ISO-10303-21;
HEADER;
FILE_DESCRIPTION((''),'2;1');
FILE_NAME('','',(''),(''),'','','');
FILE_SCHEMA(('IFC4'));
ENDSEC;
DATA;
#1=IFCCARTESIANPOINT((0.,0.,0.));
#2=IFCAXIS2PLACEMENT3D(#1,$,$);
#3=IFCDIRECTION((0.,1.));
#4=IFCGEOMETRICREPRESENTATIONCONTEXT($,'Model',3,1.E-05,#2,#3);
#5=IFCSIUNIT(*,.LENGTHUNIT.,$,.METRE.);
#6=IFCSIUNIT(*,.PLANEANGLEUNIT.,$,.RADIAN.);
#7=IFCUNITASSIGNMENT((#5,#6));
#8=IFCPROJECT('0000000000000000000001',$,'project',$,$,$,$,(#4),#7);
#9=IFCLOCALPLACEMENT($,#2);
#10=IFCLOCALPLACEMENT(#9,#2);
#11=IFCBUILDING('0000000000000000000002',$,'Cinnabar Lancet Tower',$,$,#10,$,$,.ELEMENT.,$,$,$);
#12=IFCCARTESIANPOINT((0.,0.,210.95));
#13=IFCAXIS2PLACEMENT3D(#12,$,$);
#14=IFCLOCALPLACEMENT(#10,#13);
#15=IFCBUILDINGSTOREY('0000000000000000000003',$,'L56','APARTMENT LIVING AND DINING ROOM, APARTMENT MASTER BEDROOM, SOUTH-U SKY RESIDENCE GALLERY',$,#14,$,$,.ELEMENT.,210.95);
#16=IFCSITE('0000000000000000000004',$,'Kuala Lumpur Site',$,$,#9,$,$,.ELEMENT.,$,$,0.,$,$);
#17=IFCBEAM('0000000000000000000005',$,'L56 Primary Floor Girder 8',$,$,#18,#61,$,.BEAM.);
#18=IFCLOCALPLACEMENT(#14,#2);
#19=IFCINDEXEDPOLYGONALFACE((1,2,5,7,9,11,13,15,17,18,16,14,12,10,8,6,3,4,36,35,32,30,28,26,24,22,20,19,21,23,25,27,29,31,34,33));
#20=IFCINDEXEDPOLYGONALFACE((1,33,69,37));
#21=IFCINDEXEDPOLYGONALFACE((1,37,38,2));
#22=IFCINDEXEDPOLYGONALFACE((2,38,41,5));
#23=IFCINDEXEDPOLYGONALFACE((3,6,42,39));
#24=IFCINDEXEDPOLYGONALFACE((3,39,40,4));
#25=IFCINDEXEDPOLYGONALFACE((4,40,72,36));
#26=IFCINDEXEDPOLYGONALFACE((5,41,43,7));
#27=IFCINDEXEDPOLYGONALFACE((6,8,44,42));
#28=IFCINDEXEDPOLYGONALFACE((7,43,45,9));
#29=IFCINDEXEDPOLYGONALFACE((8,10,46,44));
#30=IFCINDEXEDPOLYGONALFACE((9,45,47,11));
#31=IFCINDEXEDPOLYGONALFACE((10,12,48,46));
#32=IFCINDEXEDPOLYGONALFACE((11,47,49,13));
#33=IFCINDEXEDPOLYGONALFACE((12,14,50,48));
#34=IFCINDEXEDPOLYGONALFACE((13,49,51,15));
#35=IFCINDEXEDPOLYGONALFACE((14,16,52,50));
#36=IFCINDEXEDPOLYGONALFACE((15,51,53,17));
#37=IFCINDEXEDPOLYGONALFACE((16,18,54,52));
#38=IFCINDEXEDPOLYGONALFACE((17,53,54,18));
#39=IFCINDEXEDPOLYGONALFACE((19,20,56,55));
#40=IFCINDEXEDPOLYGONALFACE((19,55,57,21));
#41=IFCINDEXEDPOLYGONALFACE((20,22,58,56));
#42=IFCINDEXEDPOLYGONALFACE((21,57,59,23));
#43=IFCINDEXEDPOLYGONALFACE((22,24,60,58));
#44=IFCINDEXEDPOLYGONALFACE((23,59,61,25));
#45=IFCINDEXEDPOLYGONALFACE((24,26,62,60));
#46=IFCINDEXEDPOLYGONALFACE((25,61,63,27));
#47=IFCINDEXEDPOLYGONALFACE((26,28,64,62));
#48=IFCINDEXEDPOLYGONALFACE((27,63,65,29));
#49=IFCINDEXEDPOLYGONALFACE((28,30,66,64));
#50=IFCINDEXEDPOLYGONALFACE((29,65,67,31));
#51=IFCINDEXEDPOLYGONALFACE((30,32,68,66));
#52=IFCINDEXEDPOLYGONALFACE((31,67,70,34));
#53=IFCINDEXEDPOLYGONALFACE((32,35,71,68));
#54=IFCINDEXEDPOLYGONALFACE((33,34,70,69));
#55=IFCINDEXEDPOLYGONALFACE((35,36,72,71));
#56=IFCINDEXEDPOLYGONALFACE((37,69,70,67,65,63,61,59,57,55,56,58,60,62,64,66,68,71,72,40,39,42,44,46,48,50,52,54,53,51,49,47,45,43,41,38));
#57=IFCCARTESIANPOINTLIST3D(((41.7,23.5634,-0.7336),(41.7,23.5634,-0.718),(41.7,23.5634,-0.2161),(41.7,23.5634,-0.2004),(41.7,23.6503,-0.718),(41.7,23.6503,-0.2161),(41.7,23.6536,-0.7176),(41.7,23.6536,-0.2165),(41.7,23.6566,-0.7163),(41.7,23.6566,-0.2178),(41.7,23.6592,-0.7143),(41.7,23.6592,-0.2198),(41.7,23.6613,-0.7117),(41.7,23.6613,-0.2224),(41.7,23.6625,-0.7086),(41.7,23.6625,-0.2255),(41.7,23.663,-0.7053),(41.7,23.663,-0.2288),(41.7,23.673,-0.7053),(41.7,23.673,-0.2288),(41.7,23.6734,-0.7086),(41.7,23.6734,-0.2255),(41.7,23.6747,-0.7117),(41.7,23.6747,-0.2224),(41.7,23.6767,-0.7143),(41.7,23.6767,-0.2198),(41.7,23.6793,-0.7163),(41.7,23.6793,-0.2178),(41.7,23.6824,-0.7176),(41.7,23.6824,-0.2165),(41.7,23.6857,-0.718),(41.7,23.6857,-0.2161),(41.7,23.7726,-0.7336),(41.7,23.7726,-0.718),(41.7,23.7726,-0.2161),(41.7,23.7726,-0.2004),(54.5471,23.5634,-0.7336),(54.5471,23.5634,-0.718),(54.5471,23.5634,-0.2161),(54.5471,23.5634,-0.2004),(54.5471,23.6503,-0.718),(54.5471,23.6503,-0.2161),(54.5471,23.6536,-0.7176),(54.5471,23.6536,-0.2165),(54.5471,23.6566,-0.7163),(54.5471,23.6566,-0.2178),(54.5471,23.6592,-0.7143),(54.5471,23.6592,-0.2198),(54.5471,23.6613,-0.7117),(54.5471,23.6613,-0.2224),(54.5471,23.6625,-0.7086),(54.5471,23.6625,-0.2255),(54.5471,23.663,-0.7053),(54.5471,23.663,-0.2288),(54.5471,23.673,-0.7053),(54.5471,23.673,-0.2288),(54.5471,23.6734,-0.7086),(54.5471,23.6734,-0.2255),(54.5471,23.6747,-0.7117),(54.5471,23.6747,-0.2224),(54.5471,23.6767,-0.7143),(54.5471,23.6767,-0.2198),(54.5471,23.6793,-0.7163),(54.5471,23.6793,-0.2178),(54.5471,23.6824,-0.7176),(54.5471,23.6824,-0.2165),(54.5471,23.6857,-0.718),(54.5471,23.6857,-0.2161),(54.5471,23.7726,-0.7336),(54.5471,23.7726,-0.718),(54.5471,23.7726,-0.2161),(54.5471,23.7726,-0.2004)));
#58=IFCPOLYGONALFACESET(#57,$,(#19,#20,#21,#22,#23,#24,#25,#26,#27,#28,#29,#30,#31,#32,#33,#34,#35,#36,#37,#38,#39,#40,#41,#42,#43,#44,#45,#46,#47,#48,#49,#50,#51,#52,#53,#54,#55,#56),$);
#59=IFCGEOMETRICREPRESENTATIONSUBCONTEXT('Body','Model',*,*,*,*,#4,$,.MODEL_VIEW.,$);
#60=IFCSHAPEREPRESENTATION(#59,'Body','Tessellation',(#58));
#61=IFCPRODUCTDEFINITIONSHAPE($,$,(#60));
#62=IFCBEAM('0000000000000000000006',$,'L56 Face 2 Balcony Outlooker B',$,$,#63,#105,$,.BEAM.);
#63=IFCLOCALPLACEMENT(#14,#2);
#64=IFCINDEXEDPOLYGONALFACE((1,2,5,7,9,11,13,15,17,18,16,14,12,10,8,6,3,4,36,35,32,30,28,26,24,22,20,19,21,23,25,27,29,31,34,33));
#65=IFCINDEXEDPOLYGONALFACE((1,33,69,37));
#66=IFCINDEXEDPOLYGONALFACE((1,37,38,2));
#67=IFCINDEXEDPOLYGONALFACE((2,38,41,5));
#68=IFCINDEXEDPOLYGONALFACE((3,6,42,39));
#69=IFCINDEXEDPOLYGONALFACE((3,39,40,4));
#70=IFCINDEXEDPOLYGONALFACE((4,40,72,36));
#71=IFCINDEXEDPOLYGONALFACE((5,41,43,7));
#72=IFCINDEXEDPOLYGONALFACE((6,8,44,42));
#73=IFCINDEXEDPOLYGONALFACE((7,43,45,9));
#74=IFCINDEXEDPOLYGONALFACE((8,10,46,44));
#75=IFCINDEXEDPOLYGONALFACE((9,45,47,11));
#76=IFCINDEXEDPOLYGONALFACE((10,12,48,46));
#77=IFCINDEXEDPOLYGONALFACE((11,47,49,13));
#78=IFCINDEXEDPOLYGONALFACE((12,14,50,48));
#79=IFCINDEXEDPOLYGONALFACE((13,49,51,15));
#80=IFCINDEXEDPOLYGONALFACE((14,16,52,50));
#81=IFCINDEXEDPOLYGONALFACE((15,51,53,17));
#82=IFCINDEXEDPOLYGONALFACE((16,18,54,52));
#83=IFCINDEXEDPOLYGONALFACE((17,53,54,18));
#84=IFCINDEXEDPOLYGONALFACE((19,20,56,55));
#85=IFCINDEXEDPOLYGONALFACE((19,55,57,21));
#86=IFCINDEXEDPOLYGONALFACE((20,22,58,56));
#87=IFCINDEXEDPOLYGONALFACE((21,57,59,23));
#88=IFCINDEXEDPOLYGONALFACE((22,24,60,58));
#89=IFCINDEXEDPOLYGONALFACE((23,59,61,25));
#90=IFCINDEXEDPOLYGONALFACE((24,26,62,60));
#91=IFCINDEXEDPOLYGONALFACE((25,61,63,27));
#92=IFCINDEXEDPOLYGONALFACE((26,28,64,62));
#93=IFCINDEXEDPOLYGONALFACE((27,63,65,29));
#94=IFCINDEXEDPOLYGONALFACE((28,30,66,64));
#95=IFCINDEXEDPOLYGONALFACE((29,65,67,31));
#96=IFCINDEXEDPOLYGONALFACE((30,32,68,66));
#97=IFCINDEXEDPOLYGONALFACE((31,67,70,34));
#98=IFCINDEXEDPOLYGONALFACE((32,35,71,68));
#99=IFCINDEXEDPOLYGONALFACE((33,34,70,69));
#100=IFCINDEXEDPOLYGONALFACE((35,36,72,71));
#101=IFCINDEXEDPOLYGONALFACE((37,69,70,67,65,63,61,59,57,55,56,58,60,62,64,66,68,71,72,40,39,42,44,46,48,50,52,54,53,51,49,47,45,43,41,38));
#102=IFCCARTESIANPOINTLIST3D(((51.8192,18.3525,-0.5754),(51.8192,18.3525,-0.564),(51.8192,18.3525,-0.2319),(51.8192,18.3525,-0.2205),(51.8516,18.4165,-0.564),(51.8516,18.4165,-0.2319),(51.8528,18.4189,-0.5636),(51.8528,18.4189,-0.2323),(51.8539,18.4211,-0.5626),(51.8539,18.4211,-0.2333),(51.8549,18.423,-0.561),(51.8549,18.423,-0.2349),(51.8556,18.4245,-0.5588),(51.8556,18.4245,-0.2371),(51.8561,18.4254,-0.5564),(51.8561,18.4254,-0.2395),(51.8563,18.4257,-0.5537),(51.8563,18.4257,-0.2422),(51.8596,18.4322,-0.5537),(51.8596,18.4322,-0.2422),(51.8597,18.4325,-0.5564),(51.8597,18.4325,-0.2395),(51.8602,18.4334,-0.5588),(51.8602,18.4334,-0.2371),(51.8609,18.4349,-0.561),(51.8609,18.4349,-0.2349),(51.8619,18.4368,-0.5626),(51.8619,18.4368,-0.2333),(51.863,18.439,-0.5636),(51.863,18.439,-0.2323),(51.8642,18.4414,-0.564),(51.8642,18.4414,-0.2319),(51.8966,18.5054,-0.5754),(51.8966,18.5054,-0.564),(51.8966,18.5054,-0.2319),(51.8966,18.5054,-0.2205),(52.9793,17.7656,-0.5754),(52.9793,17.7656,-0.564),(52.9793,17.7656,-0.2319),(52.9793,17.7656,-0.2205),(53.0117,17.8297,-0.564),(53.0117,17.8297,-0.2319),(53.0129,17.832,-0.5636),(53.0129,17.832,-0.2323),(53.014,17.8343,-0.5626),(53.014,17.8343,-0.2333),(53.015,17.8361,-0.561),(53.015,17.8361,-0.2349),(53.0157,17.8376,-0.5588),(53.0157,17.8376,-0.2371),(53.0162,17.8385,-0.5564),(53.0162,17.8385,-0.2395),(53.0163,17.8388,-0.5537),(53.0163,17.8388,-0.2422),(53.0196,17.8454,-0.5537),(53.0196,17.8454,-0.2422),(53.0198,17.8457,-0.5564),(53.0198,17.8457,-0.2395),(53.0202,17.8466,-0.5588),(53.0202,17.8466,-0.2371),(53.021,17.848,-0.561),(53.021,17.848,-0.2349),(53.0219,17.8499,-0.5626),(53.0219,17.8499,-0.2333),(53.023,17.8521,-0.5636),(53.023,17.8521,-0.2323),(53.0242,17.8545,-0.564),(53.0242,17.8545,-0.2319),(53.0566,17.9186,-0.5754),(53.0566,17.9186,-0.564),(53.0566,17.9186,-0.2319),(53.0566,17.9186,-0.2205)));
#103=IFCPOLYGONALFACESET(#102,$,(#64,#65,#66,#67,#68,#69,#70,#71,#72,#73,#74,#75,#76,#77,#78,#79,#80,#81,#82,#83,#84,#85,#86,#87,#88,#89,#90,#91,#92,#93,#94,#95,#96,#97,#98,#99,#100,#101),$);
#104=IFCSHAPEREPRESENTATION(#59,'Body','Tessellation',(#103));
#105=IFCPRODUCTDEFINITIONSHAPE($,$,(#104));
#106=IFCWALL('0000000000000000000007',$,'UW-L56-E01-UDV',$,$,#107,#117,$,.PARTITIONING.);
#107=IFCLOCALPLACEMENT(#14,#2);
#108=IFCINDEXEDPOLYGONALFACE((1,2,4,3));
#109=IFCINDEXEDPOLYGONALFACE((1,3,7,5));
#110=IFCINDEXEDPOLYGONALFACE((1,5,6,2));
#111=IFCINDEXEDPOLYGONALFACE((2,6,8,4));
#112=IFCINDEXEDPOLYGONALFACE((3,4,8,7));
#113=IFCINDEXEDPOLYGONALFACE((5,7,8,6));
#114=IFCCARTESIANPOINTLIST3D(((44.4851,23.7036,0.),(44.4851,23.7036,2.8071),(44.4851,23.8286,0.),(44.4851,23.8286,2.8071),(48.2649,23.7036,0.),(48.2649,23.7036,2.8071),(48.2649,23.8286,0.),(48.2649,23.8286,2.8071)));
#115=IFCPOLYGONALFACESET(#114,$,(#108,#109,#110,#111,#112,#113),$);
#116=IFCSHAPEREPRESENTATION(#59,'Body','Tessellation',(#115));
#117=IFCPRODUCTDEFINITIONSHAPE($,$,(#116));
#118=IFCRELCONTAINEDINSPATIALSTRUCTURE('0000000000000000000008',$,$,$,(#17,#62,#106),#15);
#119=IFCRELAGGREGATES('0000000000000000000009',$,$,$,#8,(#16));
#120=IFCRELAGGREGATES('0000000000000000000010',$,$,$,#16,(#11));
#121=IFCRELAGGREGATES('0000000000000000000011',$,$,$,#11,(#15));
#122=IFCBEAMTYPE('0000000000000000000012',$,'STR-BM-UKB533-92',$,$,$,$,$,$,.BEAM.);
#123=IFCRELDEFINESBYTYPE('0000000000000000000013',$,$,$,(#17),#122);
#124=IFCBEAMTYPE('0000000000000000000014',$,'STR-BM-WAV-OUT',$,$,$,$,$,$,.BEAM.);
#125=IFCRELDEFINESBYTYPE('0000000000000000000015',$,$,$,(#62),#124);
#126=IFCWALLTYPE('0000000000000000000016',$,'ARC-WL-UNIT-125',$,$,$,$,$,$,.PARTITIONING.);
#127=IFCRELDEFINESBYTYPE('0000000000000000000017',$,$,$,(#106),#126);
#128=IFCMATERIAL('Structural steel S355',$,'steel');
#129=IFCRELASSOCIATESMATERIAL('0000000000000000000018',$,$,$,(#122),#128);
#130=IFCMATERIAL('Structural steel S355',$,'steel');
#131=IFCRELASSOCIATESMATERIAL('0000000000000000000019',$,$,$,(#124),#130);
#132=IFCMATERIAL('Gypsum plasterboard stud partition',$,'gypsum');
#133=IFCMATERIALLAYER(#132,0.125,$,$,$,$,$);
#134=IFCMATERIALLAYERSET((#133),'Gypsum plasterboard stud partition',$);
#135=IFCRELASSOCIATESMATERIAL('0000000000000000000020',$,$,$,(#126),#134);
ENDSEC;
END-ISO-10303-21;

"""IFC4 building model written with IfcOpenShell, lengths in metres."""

from ifc_helpers import new_model, si_unit, direction, frame, frame_2d, origin, origin_2d, place, context, subcontext, project, spatial, rectangle, i_section, extrude, material, layer, layer_set, material_profile, profile_set, type_object, element, save


model = new_model("IFC4")

# Units and contexts
model_context = context("Model", 3, precision=1e-05, world=origin(), true_north=direction((0.0, 1.0)))
body_context = subcontext(model_context, "Body", "Model", "MODEL_VIEW")
ifc_project = project(units=[si_unit("LENGTHUNIT", "METRE"), si_unit("PLANEANGLEUNIT", "RADIAN")], contexts=[model_context])

# Site, building, storey
site_placement = place(None, origin())
site = spatial("IfcSite", under=ifc_project, at=site_placement, Name="Kuala Lumpur Site", CompositionType="ELEMENT", RefElevation=0.0)
building_placement = place(site_placement, origin())
building = spatial("IfcBuilding", under=site, at=building_placement, Name="Cinnabar Lancet Tower", CompositionType="ELEMENT")
storey_placement = place(building_placement, frame((0.0, 0.0, 210.95)))
storey = spatial("IfcBuildingStorey", under=building, at=storey_placement, Name="L56", Description="APARTMENT LIVING AND DINING ROOM, APARTMENT MASTER BEDROOM, SOUTH-U SKY RESIDENCE GALLERY", CompositionType="ELEMENT", Elevation=210.95)

# Beams
ifc_material_1 = material(Name="Structural steel S355", Category="steel")
ifc_material_profile_1 = material_profile(ifc_material_1, i_section(OverallWidth=0.2092, OverallDepth=0.5332, WebThickness=0.01, FlangeThickness=0.0156, FilletRadius=0.0127, at=origin_2d()), Name="UKB 533x210x92")
ifc_profile_set_1 = profile_set([ifc_material_profile_1], Name="Structural steel S355")
beam_type_1 = type_object("IfcBeamType", Name="STR-BM-UKB533-92", PredefinedType="BEAM", material=ifc_profile_set_1)
beam_1_placement = place(storey_placement, frame((54.5471, 23.668, -0.467), z_axis=(-1.0, 0.0, 0.0), x_axis=(0.0, -1.0, 0.0)))
element("IfcBeam", 1, at=beam_1_placement, inside=storey, type_object=beam_type_1, Name="L56 Primary Floor Girder 8", PredefinedType="BEAM", context=body_context, shape_type="SweptSolid", body=[
    extrude(i_section(OverallWidth=0.2092, OverallDepth=0.5332, WebThickness=0.01, FlangeThickness=0.0156, FilletRadius=0.0127, at=origin_2d()), origin(), (0.0, 0.0, 1.0), 12.8472),
])
ifc_material_2 = material(Name="Structural steel S355", Category="steel")
ifc_material_profile_2 = material_profile(ifc_material_2, i_section(OverallWidth=0.1714, OverallDepth=0.355, WebThickness=0.0073, FlangeThickness=0.0115, FilletRadius=0.0103, at=origin_2d()), Name="UKB 356x171x51")
ifc_profile_set_2 = profile_set([ifc_material_profile_2], Name="Structural steel S355")
beam_type_2 = type_object("IfcBeamType", Name="STR-BM-WAV-OUT", PredefinedType="BEAM", material=ifc_profile_set_2)
beam_2_placement = place(storey_placement, frame((51.8579, 18.429, -0.3979), z_axis=(0.892314, -0.451415, 0.0), x_axis=(0.451415, 0.892314, 0.0)))
element("IfcBeam", 2, at=beam_2_placement, inside=storey, type_object=beam_type_2, Name="L56 Face 2 Balcony Outlooker B", PredefinedType="BEAM", context=body_context, shape_type="SweptSolid", body=[
    extrude(i_section(OverallWidth=0.1714, OverallDepth=0.355, WebThickness=0.0073, FlangeThickness=0.0115, FilletRadius=0.0103, at=origin_2d()), origin(), (0.0, 0.0, 1.0), 1.3),
])

# Wall
ifc_material_3 = material(Name="Gypsum plasterboard stud partition", Category="gypsum")
ifc_layer_1 = layer(ifc_material_3, 0.125)
ifc_layer_set_1 = layer_set([ifc_layer_1], Name="Gypsum plasterboard stud partition")
wall_type_1 = type_object("IfcWallType", Name="ARC-WL-UNIT-125", PredefinedType="PARTITIONING", material=ifc_layer_set_1)
wall_1_placement = place(storey_placement, frame((44.4851, 23.7661, 0.0), z_axis=(0.0, 0.0, 1.0), x_axis=(1.0, 0.0, 0.0)))
element("IfcWall", 3, at=wall_1_placement, inside=storey, type_object=wall_type_1, Name="UW-L56-E01-UDV", PredefinedType="PARTITIONING", context=body_context, shape_type="SweptSolid", body=[
    extrude(rectangle(XDim=3.7798, YDim=0.125, at=frame_2d((1.8899, 0.0))), origin(), (0.0, 0.0, 1.0), 2.8071),
])

save(model, "model.ifc")
